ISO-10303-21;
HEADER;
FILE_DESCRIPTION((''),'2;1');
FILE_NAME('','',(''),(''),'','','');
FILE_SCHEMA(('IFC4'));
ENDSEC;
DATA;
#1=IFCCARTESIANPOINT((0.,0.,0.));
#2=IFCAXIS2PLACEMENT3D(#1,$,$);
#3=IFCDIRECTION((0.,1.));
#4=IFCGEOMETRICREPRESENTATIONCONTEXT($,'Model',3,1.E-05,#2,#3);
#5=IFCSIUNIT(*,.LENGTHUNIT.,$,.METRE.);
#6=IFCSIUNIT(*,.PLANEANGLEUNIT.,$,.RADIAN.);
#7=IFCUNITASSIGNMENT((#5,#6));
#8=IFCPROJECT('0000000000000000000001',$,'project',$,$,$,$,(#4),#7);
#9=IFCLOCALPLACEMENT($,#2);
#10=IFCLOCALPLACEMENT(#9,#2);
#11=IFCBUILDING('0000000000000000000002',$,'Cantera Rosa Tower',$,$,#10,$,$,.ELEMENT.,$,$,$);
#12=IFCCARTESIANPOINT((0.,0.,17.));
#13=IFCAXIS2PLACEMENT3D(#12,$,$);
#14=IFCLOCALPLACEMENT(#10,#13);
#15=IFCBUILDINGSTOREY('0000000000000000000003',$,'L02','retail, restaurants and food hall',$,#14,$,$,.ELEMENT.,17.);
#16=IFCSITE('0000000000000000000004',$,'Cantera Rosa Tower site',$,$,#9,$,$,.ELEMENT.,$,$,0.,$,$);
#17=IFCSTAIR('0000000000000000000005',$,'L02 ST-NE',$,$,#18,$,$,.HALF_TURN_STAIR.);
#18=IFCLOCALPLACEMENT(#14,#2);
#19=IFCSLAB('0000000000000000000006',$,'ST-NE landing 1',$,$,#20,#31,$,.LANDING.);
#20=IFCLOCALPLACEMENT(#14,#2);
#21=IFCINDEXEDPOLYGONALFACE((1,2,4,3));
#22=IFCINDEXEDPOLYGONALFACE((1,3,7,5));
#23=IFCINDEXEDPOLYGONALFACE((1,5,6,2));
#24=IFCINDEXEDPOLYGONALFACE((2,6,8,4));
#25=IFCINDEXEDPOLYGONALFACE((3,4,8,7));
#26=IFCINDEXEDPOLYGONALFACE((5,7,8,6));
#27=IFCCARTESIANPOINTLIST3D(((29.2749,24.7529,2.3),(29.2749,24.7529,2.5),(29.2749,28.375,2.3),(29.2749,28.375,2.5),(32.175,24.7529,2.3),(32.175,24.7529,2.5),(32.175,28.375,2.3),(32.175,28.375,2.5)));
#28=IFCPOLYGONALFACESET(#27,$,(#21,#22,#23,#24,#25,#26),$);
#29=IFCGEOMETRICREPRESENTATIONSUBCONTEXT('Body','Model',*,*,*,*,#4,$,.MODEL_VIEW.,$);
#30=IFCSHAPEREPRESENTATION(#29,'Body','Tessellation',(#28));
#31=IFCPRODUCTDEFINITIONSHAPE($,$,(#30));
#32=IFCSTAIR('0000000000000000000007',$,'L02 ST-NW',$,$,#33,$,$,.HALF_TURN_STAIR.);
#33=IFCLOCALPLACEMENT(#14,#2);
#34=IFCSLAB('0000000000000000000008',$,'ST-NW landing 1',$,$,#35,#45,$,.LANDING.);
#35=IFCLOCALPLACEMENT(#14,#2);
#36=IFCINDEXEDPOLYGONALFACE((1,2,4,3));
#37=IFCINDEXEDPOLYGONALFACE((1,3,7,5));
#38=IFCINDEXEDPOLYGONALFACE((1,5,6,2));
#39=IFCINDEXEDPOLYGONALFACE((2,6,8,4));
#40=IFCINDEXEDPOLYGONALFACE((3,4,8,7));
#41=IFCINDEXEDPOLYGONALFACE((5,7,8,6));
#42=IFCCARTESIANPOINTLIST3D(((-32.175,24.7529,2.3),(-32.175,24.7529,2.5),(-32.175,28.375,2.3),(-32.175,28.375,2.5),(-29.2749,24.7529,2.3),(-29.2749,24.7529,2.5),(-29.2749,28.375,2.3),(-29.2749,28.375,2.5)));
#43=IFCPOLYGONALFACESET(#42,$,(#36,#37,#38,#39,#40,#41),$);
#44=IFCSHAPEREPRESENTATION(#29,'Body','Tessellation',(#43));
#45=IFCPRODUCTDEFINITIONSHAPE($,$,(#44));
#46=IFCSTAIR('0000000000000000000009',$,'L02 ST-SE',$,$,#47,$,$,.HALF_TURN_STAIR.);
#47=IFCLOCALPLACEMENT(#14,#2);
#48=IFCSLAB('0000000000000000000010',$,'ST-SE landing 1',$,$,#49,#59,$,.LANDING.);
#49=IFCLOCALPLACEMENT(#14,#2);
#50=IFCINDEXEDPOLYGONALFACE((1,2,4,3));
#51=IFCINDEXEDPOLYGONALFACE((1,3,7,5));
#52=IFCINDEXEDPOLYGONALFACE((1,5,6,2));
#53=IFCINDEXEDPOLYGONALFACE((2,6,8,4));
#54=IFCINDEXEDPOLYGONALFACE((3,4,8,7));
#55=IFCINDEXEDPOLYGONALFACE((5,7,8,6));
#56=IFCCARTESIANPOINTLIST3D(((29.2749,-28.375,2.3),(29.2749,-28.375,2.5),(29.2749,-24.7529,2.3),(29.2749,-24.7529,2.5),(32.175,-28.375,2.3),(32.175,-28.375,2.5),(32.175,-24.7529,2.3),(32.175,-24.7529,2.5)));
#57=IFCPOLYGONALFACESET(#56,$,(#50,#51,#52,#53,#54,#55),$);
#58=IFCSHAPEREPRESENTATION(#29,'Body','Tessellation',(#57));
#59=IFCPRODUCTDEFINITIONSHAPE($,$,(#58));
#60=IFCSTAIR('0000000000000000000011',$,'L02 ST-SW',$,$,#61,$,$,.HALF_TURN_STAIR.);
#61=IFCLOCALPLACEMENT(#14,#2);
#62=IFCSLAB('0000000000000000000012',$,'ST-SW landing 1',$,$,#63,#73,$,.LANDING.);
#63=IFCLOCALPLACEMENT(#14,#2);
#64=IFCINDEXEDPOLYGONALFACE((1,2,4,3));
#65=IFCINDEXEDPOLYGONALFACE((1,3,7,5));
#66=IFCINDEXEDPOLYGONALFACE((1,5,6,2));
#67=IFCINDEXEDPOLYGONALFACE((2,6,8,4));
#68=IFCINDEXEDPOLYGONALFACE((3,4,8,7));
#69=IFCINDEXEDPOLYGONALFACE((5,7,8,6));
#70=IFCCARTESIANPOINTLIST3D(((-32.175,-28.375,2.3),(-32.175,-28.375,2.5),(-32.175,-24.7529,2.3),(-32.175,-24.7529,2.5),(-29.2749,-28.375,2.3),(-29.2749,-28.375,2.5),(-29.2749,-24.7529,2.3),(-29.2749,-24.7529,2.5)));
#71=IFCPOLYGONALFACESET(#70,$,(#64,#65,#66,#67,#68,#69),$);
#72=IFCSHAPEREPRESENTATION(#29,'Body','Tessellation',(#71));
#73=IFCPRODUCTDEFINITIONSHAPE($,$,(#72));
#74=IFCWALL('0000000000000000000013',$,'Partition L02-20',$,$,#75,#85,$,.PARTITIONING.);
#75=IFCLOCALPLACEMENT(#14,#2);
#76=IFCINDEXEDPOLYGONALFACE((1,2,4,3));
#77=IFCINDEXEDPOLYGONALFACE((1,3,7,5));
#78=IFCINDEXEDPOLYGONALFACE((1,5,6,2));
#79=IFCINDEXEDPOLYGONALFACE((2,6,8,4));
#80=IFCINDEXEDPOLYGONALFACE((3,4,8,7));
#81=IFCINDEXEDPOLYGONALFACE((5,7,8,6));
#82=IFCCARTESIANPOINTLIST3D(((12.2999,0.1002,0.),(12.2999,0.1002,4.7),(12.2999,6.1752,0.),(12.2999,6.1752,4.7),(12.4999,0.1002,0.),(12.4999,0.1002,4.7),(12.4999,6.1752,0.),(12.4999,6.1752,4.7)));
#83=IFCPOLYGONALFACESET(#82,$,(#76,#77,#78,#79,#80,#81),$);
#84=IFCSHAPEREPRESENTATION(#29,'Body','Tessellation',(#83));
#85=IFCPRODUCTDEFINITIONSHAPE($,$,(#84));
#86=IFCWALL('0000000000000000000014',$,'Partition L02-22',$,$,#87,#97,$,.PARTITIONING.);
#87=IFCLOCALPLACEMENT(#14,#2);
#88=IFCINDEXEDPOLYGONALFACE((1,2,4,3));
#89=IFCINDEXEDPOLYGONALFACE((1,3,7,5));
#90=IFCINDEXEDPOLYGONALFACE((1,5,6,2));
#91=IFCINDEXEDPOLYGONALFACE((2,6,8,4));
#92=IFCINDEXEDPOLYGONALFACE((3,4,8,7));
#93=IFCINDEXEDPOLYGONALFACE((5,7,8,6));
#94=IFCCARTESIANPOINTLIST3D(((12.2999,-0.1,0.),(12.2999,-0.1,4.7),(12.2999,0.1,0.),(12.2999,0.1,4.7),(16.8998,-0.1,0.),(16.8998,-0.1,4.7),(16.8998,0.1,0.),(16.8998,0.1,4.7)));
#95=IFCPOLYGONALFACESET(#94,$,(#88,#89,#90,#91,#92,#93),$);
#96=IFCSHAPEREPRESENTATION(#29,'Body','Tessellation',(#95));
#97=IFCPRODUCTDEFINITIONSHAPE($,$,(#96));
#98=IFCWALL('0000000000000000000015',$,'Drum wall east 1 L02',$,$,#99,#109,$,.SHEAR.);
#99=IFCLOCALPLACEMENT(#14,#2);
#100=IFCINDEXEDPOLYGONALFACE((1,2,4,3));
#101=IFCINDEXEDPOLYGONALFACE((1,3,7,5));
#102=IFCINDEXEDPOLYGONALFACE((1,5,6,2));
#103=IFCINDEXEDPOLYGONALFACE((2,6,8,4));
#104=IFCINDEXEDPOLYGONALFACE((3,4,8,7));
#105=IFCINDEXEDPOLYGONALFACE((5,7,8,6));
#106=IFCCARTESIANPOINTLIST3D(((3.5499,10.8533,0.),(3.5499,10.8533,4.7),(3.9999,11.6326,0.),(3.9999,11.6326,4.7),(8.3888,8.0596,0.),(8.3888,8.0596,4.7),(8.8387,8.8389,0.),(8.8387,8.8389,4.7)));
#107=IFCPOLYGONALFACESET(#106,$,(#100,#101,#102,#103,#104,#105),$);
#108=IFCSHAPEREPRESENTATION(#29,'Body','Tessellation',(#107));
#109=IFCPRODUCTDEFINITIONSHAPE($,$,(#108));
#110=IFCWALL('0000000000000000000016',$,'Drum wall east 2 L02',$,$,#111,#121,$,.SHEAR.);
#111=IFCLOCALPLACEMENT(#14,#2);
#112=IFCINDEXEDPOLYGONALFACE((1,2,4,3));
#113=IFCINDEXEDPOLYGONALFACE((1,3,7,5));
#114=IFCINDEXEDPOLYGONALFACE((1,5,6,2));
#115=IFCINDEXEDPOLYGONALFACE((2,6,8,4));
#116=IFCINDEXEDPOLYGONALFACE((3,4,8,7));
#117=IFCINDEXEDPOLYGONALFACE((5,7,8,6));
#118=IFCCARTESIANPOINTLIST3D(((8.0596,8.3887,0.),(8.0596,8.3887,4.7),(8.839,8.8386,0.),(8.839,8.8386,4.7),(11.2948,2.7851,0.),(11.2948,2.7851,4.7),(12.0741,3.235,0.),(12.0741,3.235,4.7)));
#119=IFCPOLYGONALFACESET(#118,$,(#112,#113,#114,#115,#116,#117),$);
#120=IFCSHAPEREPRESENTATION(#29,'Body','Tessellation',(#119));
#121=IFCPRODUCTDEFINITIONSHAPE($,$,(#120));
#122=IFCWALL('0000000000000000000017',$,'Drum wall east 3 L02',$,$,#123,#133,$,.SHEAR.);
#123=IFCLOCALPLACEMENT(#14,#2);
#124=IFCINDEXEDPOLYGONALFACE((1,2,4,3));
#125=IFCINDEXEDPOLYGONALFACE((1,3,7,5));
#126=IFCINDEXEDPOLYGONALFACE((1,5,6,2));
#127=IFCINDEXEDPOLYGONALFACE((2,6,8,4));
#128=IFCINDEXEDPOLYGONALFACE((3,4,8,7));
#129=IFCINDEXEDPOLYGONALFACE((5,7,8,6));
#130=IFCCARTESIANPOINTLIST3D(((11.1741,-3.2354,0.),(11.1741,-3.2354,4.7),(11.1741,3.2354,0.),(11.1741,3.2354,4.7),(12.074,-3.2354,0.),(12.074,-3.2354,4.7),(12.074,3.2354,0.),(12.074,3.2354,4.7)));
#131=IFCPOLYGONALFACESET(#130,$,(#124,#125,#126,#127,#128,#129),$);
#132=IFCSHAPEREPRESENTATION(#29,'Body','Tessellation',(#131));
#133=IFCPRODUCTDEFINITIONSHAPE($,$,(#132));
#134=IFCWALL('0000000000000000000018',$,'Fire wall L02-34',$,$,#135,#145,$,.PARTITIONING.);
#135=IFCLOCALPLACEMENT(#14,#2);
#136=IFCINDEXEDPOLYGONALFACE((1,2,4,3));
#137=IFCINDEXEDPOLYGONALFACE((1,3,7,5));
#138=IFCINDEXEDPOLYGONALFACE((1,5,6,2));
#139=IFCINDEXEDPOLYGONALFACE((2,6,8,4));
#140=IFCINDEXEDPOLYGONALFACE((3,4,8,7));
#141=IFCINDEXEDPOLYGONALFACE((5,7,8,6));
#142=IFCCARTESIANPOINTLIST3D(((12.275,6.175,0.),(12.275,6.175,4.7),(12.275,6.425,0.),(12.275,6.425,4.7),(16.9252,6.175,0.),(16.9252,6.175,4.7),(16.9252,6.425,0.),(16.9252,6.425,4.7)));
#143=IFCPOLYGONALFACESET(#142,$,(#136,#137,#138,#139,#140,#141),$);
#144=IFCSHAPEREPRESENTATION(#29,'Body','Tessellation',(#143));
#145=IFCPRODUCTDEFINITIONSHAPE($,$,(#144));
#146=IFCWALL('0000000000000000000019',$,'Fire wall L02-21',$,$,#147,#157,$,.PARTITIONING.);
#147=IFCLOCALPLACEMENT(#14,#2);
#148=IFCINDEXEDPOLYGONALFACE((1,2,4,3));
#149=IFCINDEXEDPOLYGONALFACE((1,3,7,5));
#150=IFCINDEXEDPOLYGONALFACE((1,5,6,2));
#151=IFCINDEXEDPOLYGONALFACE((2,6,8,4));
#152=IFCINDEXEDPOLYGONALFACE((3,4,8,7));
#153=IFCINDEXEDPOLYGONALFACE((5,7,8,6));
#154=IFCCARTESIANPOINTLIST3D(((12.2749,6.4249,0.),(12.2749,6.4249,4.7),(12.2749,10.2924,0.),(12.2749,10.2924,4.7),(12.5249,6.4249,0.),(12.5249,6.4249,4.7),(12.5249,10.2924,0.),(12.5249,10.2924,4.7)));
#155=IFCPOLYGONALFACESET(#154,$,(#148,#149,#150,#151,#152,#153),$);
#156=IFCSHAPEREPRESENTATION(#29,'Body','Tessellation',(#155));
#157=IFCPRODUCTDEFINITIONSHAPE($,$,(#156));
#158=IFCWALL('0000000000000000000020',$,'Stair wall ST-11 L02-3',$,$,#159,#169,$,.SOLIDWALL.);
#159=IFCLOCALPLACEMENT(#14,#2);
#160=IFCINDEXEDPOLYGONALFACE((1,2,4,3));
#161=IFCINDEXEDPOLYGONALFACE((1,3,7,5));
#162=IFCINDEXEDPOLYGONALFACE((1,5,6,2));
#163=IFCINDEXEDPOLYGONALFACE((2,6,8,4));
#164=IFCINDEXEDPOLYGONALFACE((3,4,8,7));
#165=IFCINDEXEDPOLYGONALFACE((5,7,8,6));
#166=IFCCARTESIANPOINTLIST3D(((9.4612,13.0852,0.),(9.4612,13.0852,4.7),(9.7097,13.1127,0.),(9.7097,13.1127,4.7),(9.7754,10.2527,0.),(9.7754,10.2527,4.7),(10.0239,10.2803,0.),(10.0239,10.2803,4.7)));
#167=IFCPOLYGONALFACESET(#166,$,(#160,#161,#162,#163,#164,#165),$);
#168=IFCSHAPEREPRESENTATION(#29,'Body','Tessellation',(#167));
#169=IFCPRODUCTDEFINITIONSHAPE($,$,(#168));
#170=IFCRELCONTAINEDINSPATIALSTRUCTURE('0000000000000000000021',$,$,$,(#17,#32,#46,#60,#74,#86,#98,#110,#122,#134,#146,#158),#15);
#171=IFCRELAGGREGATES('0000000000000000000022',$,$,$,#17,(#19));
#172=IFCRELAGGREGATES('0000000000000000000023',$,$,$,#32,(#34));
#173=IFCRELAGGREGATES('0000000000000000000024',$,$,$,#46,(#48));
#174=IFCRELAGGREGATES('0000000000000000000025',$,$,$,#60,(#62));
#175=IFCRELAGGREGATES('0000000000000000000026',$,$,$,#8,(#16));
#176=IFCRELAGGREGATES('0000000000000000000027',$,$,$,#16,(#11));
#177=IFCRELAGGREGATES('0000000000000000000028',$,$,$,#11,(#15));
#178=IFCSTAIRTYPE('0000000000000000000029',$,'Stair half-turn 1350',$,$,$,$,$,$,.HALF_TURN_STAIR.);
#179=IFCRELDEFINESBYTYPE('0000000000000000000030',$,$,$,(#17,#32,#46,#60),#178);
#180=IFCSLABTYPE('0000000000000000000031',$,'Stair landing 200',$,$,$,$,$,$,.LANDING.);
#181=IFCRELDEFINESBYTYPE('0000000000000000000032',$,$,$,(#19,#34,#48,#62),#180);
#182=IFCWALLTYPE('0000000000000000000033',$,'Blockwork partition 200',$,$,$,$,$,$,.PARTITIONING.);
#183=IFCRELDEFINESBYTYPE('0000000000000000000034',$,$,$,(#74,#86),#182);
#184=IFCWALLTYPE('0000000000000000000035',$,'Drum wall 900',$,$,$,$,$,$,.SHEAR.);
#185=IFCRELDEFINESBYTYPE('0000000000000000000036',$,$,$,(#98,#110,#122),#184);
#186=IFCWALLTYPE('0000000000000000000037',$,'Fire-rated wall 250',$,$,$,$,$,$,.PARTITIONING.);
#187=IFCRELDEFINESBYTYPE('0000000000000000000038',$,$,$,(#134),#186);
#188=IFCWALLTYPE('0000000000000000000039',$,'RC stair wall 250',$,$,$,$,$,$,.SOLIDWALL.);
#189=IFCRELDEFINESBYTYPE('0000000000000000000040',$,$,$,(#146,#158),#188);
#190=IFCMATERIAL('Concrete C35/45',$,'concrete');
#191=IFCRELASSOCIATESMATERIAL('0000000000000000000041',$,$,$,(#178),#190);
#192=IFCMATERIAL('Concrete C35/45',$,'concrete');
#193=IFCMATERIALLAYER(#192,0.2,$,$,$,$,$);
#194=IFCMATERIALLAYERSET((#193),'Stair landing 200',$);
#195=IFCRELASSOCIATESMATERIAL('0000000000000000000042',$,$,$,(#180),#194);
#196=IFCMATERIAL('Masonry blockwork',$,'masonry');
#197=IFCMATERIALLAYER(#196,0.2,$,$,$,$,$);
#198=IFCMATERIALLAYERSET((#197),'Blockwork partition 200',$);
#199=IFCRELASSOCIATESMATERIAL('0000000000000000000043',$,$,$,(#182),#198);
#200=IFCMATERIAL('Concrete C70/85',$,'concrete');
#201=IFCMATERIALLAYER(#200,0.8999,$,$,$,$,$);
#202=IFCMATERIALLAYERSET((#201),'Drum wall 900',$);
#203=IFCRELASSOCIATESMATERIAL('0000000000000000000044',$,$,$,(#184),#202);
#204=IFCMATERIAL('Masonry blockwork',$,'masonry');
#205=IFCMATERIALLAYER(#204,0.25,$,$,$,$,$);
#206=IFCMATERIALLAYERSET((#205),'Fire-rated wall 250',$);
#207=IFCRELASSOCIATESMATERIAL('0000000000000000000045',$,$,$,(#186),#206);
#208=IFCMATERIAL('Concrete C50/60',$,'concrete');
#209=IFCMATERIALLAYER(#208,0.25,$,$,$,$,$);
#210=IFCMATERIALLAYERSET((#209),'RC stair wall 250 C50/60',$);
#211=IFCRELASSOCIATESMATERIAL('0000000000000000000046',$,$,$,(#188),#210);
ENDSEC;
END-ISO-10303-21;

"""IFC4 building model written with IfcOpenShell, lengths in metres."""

from ifc_helpers import new_model, si_unit, direction, frame, frame_2d, origin, place, context, subcontext, project, spatial, polyline, rectangle, outline, extrude, material, layer, layer_set, type_object, element, aggregate, save


model = new_model("IFC4")

# Units and contexts
model_context = context("Model", 3, precision=1e-05, world=origin(), true_north=direction((0.0, 1.0)))
body_context = subcontext(model_context, "Body", "Model", "MODEL_VIEW")
ifc_project = project(units=[si_unit("LENGTHUNIT", "METRE"), si_unit("PLANEANGLEUNIT", "RADIAN")], contexts=[model_context])

# Site, building, storey
site_placement = place(None, origin())
site = spatial("IfcSite", under=ifc_project, at=site_placement, Name="Cantera Rosa Tower site", CompositionType="ELEMENT", RefElevation=0.0)
building_placement = place(site_placement, origin())
building = spatial("IfcBuilding", under=site, at=building_placement, Name="Cantera Rosa Tower", CompositionType="ELEMENT")
storey_placement = place(building_placement, frame((0.0, 0.0, 17.0)))
storey = spatial("IfcBuildingStorey", under=building, at=storey_placement, Name="L02", Description="retail, restaurants and food hall", CompositionType="ELEMENT", Elevation=17.0)

# Stairs, slabs
ifc_material_1 = material(Name="Concrete C35/45", Category="concrete")
stair_type_1 = type_object("IfcStairType", Name="Stair half-turn 1350", PredefinedType="HALF_TURN_STAIR", material=ifc_material_1)
stair_1_placement = place(storey_placement, origin())
stair_1 = element("IfcStair", 1, at=stair_1_placement, inside=storey, type_object=stair_type_1, Name="L02 ST-NE", PredefinedType="HALF_TURN_STAIR")
ifc_material_2 = material(Name="Concrete C35/45", Category="concrete")
ifc_layer_1 = layer(ifc_material_2, 0.2)
ifc_layer_set_1 = layer_set([ifc_layer_1], Name="Stair landing 200")
slab_type = type_object("IfcSlabType", Name="Stair landing 200", PredefinedType="LANDING", material=ifc_layer_set_1)
slab_1_placement = place(storey_placement, frame((0.0, 0.0, 2.3)))
slab_1 = element("IfcSlab", 2, at=slab_1_placement, type_object=slab_type, Name="ST-NE landing 1", PredefinedType="LANDING", context=body_context, shape_type="SweptSolid", body=[
    extrude(outline(polyline([(32.175, 24.7529), (32.175, 28.375), (29.2749, 28.375), (29.2749, 24.7529), (32.175, 24.7529)])), origin(), (0.0, 0.0, 1.0), 0.2),
])
aggregate(stair_1, [slab_1])
stair_2_placement = place(storey_placement, origin())
stair_2 = element("IfcStair", 3, at=stair_2_placement, inside=storey, type_object=stair_type_1, Name="L02 ST-NW", PredefinedType="HALF_TURN_STAIR")
slab_2_placement = place(storey_placement, frame((0.0, 0.0, 2.3)))
slab_2 = element("IfcSlab", 4, at=slab_2_placement, type_object=slab_type, Name="ST-NW landing 1", PredefinedType="LANDING", context=body_context, shape_type="SweptSolid", body=[
    extrude(outline(polyline([(-29.2749, 24.7529), (-29.2749, 28.375), (-32.175, 28.375), (-32.175, 24.7529), (-29.2749, 24.7529)])), origin(), (0.0, 0.0, 1.0), 0.2),
])
aggregate(stair_2, [slab_2])
stair_3_placement = place(storey_placement, origin())
stair_3 = element("IfcStair", 5, at=stair_3_placement, inside=storey, type_object=stair_type_1, Name="L02 ST-SE", PredefinedType="HALF_TURN_STAIR")
slab_3_placement = place(storey_placement, frame((0.0, 0.0, 2.3)))
slab_3 = element("IfcSlab", 6, at=slab_3_placement, type_object=slab_type, Name="ST-SE landing 1", PredefinedType="LANDING", context=body_context, shape_type="SweptSolid", body=[
    extrude(outline(polyline([(29.2749, -24.7529), (29.2749, -28.375), (32.175, -28.375), (32.175, -24.7529), (29.2749, -24.7529)])), origin(), (0.0, 0.0, 1.0), 0.2),
])
aggregate(stair_3, [slab_3])
stair_4_placement = place(storey_placement, origin())
stair_4 = element("IfcStair", 7, at=stair_4_placement, inside=storey, type_object=stair_type_1, Name="L02 ST-SW", PredefinedType="HALF_TURN_STAIR")
slab_4_placement = place(storey_placement, frame((0.0, 0.0, 2.3)))
slab_4 = element("IfcSlab", 8, at=slab_4_placement, type_object=slab_type, Name="ST-SW landing 1", PredefinedType="LANDING", context=body_context, shape_type="SweptSolid", body=[
    extrude(outline(polyline([(-32.175, -24.7529), (-32.175, -28.375), (-29.2749, -28.375), (-29.2749, -24.7529), (-32.175, -24.7529)])), origin(), (0.0, 0.0, 1.0), 0.2),
])
aggregate(stair_4, [slab_4])

# Walls
ifc_material_3 = material(Name="Masonry blockwork", Category="masonry")
ifc_layer_2 = layer(ifc_material_3, 0.2)
ifc_layer_set_2 = layer_set([ifc_layer_2], Name="Blockwork partition 200")
wall_type_1 = type_object("IfcWallType", Name="Blockwork partition 200", PredefinedType="PARTITIONING", material=ifc_layer_set_2)
wall_1_placement = place(storey_placement, frame((12.3999, 0.1001, 0.0), z_axis=(0.0, 0.0, 1.0), x_axis=(0.0, 1.0, 0.0)))
element("IfcWall", 9, at=wall_1_placement, inside=storey, type_object=wall_type_1, Name="Partition L02-20", PredefinedType="PARTITIONING", context=body_context, shape_type="SweptSolid", body=[
    extrude(rectangle(XDim=6.075, YDim=0.2, at=frame_2d((3.0376, 0.0))), origin(), (0.0, 0.0, 1.0), 4.7),
])
wall_2_placement = place(storey_placement, frame((12.3, 0.0, 0.0), z_axis=(0.0, 0.0, 1.0), x_axis=(1.0, 0.0, 0.0)))
element("IfcWall", 10, at=wall_2_placement, inside=storey, type_object=wall_type_1, Name="Partition L02-22", PredefinedType="PARTITIONING", context=body_context, shape_type="SweptSolid", body=[
    extrude(rectangle(XDim=4.5999, YDim=0.2, at=frame_2d((2.2998, 0.0))), origin(), (0.0, 0.0, 1.0), 4.7),
])
ifc_material_4 = material(Name="Concrete C70/85", Category="concrete")
ifc_layer_3 = layer(ifc_material_4, 0.8999)
ifc_layer_set_3 = layer_set([ifc_layer_3], Name="Drum wall 900")
wall_type_2 = type_object("IfcWallType", Name="Drum wall 900", PredefinedType="SHEAR", material=ifc_layer_set_3)
wall_3_placement = place(storey_placement, frame((3.7749, 11.2429, 0.0), z_axis=(0.0, 0.0, 1.0), x_axis=(0.866027, -0.499997, 0.0)))
element("IfcWall", 11, at=wall_3_placement, inside=storey, type_object=wall_type_2, Name="Drum wall east 1 L02", PredefinedType="SHEAR", context=body_context, shape_type="SweptSolid", body=[
    extrude(rectangle(XDim=5.5874, YDim=0.8999, at=frame_2d((2.7937, 0.0))), origin(), (0.0, 0.0, 1.0), 4.7),
])
wall_4_placement = place(storey_placement, frame((8.4492, 8.6138, 0.0), z_axis=(0.0, 0.0, 1.0), x_axis=(0.49999, -0.866031, 0.0)))
element("IfcWall", 12, at=wall_4_placement, inside=storey, type_object=wall_type_2, Name="Drum wall east 2 L02", PredefinedType="SHEAR", context=body_context, shape_type="SweptSolid", body=[
    extrude(rectangle(XDim=6.4705, YDim=0.8999, at=frame_2d((3.2354, 0.0))), origin(), (0.0, 0.0, 1.0), 4.7),
])
wall_5_placement = place(storey_placement, frame((11.624, 3.2354, 0.0), z_axis=(0.0, 0.0, 1.0), x_axis=(0.0, -1.0, 0.0)))
element("IfcWall", 13, at=wall_5_placement, inside=storey, type_object=wall_type_2, Name="Drum wall east 3 L02", PredefinedType="SHEAR", context=body_context, shape_type="SweptSolid", body=[
    extrude(rectangle(XDim=6.4707, YDim=0.8999, at=frame_2d((3.2354, 0.0))), origin(), (0.0, 0.0, 1.0), 4.7),
])
ifc_material_5 = material(Name="Masonry blockwork", Category="masonry")
ifc_layer_4 = layer(ifc_material_5, 0.25)
ifc_layer_set_4 = layer_set([ifc_layer_4], Name="Fire-rated wall 250")
wall_type_3 = type_object("IfcWallType", Name="Fire-rated wall 250", PredefinedType="PARTITIONING", material=ifc_layer_set_4)
wall_6_placement = place(storey_placement, frame((12.2749, 6.3, 0.0), z_axis=(0.0, 0.0, 1.0), x_axis=(1.0, 0.0, 0.0)))
element("IfcWall", 14, at=wall_6_placement, inside=storey, type_object=wall_type_3, Name="Fire wall L02-34", PredefinedType="PARTITIONING", context=body_context, shape_type="SweptSolid", body=[
    extrude(rectangle(XDim=4.6501, YDim=0.25, at=frame_2d((2.3252, 0.0))), origin(), (0.0, 0.0, 1.0), 4.7),
])
ifc_material_6 = material(Name="Concrete C50/60", Category="concrete")
ifc_layer_5 = layer(ifc_material_6, 0.25)
ifc_layer_set_5 = layer_set([ifc_layer_5], Name="RC stair wall 250 C50/60")
wall_type_4 = type_object("IfcWallType", Name="RC stair wall 250", PredefinedType="SOLIDWALL", material=ifc_layer_set_5)
wall_7_placement = place(storey_placement, frame((12.3999, 6.425, 0.0), z_axis=(0.0, 0.0, 1.0), x_axis=(0.0, 1.0, 0.0)))
element("IfcWall", 15, at=wall_7_placement, inside=storey, type_object=wall_type_4, Name="Fire wall L02-21", PredefinedType="PARTITIONING", context=body_context, shape_type="SweptSolid", body=[
    extrude(rectangle(XDim=3.8674, YDim=0.25, at=frame_2d((1.9336, 0.0))), origin(), (0.0, 0.0, 1.0), 4.7),
])
wall_8_placement = place(storey_placement, frame((9.8997, 10.2666, 0.0), z_axis=(0.0, 0.0, 1.0), x_axis=(-0.110253, 0.993904, 0.0)))
element("IfcWall", 16, at=wall_8_placement, inside=storey, type_object=wall_type_4, Name="Stair wall ST-11 L02-3", PredefinedType="SOLIDWALL", context=body_context, shape_type="SweptSolid", body=[
    extrude(rectangle(XDim=2.8499, YDim=0.25, at=frame_2d((1.4248, 0.0))), origin(), (0.0, 0.0, 1.0), 4.7),
])

save(model, "model.ifc")
